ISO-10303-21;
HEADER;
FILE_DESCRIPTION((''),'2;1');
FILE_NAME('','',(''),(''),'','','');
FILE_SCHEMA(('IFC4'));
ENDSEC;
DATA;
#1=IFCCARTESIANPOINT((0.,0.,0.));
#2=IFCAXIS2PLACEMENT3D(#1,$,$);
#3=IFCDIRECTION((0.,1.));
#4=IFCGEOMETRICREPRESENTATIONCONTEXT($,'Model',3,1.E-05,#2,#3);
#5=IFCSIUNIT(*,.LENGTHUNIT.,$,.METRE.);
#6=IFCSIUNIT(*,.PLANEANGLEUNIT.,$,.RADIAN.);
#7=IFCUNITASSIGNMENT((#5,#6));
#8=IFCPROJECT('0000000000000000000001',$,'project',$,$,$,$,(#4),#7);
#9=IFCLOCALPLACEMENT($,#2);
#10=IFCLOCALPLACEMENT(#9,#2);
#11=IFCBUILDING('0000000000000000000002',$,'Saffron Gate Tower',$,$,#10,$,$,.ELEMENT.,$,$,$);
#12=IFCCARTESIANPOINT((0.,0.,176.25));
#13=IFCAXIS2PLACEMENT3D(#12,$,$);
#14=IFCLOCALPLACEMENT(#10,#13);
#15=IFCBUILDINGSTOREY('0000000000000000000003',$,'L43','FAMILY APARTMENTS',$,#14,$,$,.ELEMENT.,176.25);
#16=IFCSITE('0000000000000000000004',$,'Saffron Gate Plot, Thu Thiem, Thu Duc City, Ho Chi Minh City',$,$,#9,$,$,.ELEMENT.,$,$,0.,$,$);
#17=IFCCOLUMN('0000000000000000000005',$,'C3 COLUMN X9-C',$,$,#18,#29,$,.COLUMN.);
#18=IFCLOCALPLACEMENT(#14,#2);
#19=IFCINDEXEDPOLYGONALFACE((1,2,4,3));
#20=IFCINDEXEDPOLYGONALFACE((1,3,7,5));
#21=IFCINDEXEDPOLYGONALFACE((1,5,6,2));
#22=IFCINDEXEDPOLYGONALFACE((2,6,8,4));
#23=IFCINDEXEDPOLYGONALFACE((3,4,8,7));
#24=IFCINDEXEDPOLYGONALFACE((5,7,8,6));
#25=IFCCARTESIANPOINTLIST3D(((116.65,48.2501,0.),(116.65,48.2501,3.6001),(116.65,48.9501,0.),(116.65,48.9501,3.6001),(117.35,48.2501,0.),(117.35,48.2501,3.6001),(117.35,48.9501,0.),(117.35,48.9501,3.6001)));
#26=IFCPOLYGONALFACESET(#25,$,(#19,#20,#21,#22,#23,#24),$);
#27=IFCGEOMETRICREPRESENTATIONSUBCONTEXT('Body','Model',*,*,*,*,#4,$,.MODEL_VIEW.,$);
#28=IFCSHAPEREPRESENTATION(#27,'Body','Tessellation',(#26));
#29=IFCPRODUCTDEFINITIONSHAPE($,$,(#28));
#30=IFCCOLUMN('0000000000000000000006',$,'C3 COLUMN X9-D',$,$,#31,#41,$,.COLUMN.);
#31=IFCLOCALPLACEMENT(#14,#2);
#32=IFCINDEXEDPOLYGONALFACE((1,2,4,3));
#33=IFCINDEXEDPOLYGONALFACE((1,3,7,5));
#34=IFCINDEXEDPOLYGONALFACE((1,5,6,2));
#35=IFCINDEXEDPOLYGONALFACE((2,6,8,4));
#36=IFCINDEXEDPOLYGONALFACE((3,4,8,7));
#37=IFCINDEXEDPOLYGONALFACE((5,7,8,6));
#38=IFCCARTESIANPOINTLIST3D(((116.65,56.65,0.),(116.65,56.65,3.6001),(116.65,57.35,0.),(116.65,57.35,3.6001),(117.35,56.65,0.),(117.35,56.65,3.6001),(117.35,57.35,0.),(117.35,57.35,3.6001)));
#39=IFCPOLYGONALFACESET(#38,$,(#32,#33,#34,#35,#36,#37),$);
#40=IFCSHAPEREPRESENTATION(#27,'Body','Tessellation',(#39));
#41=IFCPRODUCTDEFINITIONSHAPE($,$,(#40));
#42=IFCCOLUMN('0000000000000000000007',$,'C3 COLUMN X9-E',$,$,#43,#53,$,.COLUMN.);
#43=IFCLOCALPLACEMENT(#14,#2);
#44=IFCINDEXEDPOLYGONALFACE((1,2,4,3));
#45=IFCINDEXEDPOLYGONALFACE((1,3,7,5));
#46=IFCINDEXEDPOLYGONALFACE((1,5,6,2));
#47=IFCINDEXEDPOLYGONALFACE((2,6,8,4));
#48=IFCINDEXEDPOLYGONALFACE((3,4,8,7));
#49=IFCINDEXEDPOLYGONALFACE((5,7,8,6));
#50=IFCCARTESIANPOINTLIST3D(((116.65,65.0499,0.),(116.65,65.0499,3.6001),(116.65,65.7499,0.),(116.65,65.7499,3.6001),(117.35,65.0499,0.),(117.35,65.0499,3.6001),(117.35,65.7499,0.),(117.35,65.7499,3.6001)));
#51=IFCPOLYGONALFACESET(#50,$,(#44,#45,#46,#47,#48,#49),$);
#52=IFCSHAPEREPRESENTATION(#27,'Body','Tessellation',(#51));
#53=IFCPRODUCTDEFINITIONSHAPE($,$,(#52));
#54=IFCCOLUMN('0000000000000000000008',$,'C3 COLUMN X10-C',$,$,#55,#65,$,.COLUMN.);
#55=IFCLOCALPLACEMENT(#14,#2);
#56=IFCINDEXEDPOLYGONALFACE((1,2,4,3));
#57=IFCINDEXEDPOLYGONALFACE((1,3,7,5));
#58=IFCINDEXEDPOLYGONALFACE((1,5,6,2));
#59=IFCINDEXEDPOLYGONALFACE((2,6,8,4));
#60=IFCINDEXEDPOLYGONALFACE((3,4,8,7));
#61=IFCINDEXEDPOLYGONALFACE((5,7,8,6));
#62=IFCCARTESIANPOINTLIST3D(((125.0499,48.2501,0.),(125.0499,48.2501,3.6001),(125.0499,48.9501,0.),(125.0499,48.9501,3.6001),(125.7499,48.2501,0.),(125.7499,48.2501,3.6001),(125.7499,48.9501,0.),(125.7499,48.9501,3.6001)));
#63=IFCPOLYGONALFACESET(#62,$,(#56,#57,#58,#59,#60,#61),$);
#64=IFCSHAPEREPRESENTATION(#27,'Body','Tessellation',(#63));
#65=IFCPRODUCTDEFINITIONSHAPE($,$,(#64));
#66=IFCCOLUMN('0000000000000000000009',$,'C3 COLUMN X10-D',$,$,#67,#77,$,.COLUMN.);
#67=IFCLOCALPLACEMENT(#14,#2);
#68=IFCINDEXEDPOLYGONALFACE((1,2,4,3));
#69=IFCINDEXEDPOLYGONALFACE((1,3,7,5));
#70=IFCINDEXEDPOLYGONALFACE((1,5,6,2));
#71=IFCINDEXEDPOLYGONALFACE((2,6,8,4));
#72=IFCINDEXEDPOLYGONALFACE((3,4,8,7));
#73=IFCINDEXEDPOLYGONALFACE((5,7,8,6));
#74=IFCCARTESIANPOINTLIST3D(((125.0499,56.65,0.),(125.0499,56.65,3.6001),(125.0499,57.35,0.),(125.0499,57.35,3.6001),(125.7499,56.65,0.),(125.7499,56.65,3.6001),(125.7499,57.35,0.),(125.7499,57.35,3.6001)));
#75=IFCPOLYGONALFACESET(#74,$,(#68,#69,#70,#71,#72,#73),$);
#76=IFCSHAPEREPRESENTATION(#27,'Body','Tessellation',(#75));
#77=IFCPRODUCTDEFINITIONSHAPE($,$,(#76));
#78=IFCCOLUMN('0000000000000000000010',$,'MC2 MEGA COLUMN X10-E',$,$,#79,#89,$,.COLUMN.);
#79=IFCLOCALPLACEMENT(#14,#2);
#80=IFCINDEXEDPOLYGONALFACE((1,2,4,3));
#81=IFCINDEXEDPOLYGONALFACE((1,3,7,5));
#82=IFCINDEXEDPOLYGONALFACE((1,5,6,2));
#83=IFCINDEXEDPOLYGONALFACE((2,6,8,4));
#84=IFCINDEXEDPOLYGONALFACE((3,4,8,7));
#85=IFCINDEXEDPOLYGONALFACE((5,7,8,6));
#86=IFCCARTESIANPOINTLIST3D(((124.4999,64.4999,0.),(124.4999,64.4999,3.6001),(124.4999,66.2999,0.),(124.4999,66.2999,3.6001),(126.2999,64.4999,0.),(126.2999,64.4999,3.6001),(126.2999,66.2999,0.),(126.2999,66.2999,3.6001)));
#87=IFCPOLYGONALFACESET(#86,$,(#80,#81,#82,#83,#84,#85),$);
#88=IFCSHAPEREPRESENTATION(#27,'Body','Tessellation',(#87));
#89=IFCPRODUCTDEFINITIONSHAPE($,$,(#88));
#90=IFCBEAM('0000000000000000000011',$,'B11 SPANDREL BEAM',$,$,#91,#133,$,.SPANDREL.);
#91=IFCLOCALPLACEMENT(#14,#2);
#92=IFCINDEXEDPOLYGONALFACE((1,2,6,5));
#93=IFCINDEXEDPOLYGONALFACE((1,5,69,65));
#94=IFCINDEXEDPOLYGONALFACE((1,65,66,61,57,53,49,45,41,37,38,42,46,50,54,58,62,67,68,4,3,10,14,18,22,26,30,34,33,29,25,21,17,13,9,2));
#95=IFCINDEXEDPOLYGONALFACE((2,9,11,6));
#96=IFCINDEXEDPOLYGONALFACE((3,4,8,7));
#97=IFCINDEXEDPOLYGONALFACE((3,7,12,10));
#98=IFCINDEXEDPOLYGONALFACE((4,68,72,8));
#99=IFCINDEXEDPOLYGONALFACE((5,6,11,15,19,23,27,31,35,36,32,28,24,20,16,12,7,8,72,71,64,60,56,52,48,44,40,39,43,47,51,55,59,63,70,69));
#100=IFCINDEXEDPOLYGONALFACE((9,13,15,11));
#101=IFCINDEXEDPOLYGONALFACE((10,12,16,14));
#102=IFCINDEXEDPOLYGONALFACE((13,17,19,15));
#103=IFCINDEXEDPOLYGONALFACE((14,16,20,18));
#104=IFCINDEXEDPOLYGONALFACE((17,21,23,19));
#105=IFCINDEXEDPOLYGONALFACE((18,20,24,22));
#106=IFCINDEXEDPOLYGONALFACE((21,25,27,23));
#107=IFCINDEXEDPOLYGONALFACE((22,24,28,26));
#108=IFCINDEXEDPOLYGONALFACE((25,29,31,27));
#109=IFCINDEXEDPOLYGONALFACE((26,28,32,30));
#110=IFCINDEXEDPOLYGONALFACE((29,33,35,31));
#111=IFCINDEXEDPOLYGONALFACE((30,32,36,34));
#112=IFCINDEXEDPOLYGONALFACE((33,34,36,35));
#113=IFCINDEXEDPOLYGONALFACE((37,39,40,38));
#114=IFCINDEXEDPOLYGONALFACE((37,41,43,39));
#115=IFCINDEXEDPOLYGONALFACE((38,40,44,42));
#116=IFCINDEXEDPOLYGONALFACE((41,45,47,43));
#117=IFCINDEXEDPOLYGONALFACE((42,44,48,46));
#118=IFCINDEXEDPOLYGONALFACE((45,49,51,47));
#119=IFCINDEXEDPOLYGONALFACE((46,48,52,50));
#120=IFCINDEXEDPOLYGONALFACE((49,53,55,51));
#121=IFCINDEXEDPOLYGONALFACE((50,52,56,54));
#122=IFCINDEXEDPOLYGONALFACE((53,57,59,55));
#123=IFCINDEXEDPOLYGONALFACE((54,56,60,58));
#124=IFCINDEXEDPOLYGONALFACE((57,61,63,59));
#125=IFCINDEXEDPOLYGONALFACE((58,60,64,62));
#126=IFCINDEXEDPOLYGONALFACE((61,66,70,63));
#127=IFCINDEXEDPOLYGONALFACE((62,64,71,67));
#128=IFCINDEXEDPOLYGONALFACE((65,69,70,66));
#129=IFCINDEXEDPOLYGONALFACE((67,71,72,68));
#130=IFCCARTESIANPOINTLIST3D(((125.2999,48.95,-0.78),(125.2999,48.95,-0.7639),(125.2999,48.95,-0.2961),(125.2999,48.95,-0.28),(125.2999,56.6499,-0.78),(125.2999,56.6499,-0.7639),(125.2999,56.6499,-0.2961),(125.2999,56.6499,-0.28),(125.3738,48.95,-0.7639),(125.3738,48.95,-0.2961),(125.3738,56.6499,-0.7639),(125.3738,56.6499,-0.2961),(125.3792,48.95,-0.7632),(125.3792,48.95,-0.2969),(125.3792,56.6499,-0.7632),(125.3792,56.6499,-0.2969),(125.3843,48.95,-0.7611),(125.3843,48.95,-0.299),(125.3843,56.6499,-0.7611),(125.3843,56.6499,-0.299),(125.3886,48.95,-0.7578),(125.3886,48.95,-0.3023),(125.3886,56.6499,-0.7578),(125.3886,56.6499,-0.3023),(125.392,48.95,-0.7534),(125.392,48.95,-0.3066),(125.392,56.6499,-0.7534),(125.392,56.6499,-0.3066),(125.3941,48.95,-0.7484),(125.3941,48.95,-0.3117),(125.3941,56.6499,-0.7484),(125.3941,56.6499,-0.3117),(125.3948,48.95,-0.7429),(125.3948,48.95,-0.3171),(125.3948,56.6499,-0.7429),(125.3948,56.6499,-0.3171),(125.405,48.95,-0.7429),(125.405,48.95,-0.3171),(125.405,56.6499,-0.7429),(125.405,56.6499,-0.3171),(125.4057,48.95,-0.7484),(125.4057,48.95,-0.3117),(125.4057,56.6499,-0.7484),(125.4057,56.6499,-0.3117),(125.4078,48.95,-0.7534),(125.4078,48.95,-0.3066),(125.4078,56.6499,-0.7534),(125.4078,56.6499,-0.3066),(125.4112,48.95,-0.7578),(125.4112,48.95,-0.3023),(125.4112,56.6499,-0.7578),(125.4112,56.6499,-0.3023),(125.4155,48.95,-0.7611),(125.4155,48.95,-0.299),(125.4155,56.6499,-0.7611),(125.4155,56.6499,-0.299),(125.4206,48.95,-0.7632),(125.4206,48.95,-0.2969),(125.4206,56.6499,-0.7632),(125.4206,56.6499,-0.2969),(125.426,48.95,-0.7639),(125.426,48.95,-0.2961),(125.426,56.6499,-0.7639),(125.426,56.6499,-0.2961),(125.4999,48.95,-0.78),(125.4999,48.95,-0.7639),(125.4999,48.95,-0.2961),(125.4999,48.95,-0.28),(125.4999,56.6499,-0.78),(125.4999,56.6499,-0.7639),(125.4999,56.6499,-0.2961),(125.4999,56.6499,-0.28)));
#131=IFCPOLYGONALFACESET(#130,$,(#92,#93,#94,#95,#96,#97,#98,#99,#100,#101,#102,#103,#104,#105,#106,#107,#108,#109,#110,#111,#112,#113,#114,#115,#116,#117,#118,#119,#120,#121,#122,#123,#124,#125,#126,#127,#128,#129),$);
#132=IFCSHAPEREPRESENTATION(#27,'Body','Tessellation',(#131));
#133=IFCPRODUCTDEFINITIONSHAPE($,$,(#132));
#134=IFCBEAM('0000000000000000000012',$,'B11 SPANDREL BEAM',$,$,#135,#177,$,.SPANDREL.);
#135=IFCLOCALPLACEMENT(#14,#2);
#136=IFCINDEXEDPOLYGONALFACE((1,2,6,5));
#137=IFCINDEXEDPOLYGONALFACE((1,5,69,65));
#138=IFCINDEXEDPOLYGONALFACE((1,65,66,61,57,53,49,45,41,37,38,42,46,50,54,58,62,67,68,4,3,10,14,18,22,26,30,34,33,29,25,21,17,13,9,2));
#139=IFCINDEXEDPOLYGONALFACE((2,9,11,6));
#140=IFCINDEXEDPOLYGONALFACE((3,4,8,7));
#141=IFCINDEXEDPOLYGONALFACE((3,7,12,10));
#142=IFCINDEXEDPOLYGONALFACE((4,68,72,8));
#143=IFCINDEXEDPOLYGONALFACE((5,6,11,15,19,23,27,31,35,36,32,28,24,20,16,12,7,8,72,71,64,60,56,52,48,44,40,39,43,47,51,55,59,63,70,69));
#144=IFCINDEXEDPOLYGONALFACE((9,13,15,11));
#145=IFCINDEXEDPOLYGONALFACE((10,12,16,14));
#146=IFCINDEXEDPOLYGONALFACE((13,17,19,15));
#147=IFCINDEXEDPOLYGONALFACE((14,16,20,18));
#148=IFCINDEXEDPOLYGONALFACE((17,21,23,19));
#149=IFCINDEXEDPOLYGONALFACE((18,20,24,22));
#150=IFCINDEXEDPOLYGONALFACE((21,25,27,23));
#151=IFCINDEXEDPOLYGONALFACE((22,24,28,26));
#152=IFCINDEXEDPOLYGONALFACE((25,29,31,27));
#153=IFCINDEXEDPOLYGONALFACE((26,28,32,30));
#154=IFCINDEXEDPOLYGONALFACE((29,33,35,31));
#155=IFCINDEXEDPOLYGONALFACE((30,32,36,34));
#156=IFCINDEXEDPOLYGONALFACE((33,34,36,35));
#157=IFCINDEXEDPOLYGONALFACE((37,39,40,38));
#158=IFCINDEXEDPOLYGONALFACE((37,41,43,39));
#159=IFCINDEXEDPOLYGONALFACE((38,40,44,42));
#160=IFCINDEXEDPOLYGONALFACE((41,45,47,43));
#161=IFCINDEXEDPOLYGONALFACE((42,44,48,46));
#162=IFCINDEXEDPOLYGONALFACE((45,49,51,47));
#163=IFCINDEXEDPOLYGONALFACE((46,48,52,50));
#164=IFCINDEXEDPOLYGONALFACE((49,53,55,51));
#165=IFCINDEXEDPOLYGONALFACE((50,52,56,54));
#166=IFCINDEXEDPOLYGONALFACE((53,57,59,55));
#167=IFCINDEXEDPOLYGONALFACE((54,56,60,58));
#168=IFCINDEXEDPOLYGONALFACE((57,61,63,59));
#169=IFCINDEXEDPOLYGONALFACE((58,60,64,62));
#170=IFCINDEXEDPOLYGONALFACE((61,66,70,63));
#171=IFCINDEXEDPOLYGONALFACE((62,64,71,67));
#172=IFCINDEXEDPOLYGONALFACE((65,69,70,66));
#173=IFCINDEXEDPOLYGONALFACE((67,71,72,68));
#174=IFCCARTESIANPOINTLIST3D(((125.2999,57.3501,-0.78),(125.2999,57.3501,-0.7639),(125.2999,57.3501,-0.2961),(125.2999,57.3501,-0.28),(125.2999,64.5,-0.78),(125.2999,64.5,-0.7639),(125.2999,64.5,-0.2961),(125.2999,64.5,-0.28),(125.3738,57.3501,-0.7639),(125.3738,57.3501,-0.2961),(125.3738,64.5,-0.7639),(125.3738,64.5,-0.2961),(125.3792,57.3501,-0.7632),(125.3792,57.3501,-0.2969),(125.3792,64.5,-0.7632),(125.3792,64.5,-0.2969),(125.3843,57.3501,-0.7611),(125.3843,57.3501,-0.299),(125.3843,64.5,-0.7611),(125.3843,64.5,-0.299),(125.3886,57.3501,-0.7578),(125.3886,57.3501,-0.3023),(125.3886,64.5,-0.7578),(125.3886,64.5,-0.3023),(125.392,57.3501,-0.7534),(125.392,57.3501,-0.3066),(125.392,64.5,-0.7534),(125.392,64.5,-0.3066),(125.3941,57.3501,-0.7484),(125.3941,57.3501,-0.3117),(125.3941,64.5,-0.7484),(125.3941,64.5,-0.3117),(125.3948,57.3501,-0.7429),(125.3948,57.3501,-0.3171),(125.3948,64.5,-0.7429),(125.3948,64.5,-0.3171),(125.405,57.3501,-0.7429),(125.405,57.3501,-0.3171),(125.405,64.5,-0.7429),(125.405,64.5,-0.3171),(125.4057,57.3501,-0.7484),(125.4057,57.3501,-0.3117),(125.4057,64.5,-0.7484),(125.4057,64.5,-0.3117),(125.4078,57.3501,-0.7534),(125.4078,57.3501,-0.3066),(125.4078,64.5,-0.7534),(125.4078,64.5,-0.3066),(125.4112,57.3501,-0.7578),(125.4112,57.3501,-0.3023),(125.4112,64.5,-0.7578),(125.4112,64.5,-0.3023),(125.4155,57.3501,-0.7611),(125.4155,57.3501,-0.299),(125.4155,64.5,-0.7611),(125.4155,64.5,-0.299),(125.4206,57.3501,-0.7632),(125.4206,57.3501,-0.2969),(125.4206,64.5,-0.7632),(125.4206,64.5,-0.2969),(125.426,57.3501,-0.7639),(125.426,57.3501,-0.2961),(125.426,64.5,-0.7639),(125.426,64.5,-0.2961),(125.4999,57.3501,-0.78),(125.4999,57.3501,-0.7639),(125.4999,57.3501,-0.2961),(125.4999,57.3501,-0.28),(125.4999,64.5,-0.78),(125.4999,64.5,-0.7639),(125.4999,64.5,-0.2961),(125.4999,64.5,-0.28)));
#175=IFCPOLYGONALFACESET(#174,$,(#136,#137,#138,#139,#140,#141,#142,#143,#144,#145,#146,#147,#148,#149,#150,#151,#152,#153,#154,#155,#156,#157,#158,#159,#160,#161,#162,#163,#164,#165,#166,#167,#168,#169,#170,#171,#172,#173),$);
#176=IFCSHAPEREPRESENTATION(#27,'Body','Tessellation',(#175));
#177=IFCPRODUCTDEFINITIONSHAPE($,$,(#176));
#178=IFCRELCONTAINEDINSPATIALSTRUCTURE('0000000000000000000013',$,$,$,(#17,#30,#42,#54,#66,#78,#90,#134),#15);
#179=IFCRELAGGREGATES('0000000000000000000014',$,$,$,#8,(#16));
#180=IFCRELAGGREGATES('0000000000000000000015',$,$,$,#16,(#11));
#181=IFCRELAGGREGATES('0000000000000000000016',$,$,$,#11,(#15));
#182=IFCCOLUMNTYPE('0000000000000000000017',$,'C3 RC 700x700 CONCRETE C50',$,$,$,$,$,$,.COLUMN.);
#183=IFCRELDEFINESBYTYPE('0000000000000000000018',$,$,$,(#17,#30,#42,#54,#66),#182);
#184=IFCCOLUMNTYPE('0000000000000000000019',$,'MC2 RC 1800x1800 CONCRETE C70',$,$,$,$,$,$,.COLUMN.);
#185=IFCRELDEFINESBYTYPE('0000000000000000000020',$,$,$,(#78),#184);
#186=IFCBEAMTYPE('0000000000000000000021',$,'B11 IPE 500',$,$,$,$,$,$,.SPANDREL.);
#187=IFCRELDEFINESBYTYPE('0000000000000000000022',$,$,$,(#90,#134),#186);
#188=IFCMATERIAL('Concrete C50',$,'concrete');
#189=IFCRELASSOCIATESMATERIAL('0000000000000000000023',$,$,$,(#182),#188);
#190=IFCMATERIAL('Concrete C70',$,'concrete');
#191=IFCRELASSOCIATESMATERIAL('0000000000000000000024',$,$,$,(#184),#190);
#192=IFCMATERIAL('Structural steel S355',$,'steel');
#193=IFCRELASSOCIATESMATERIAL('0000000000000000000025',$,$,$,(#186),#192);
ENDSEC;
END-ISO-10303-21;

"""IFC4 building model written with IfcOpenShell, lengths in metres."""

from ifc_helpers import new_model, si_unit, direction, frame, origin, origin_2d, place, context, subcontext, project, spatial, rectangle, i_section, extrude, material, material_profile, profile_set, type_object, element, save


model = new_model("IFC4")

# Units and contexts
model_context = context("Model", 3, precision=1e-05, world=origin(), true_north=direction((0.0, 1.0)))
body_context = subcontext(model_context, "Body", "Model", "MODEL_VIEW")
ifc_project = project(units=[si_unit("LENGTHUNIT", "METRE"), si_unit("PLANEANGLEUNIT", "RADIAN")], contexts=[model_context])

# Site, building, storey
site_placement = place(None, origin())
site = spatial("IfcSite", under=ifc_project, at=site_placement, Name="Saffron Gate Plot, Thu Thiem, Thu Duc City, Ho Chi Minh City", CompositionType="ELEMENT", RefElevation=0.0)
building_placement = place(site_placement, origin())
building = spatial("IfcBuilding", under=site, at=building_placement, Name="Saffron Gate Tower", CompositionType="ELEMENT")
storey_placement = place(building_placement, frame((0.0, 0.0, 176.25)))
storey = spatial("IfcBuildingStorey", under=building, at=storey_placement, Name="L43", Description="FAMILY APARTMENTS", CompositionType="ELEMENT", Elevation=176.25)

# Columns
ifc_material_1 = material(Name="Concrete C50", Category="concrete")
ifc_material_profile_1 = material_profile(ifc_material_1, rectangle(XDim=0.7, YDim=0.7, at=origin_2d()))
ifc_profile_set_1 = profile_set([ifc_material_profile_1], Name="Concrete C50")
column_type_1 = type_object("IfcColumnType", Name="C3 RC 700x700 CONCRETE C50", PredefinedType="COLUMN", material=ifc_profile_set_1)
for number, where, z_axis, x_axis, name in (
    (1, (117.0, 48.6001, 0.0), (0.0, 0.0, 1.0), (1.0, 0.0, 0.0), "C3 COLUMN X9-C"),
    (2, (117.0, 57.0, 0.0), (0.0, 0.0, 1.0), (1.0, 0.0, 0.0), "C3 COLUMN X9-D"),
    (3, (117.0, 65.3999, 0.0), (0.0, 0.0, 1.0), (1.0, 0.0, 0.0), "C3 COLUMN X9-E"),
    (4, (125.3999, 48.6001, 0.0), (0.0, 0.0, 1.0), (1.0, 0.0, 0.0), "C3 COLUMN X10-C"),
    (5, (125.3999, 57.0, 0.0), (0.0, 0.0, 1.0), (1.0, 0.0, 0.0), "C3 COLUMN X10-D"),
):
    element("IfcColumn", number, at=place(storey_placement, frame(where, z_axis=z_axis, x_axis=x_axis)), inside=storey, type_object=column_type_1, Name=name, PredefinedType="COLUMN", context=body_context, shape_type="SweptSolid", body=[
        extrude(rectangle(XDim=0.7, YDim=0.7, at=origin_2d()), origin(), (0.0, 0.0, 1.0), 3.6001),
    ])
ifc_material_2 = material(Name="Concrete C70", Category="concrete")
ifc_material_profile_2 = material_profile(ifc_material_2, rectangle(XDim=1.8, YDim=1.8, at=origin_2d()))
ifc_profile_set_2 = profile_set([ifc_material_profile_2], Name="Concrete C70")
column_type_2 = type_object("IfcColumnType", Name="MC2 RC 1800x1800 CONCRETE C70", PredefinedType="COLUMN", material=ifc_profile_set_2)
column_placement = place(storey_placement, frame((125.3999, 65.3999, 0.0), z_axis=(0.0, 0.0, 1.0), x_axis=(1.0, 0.0, 0.0)))
element("IfcColumn", 6, at=column_placement, inside=storey, type_object=column_type_2, Name="MC2 MEGA COLUMN X10-E", PredefinedType="COLUMN", context=body_context, shape_type="SweptSolid", body=[
    extrude(rectangle(XDim=1.8, YDim=1.8, at=origin_2d()), origin(), (0.0, 0.0, 1.0), 3.6001),
])

# Beams
ifc_material_3 = material(Name="Structural steel S355", Category="steel")
ifc_material_profile_3 = material_profile(ifc_material_3, i_section(OverallWidth=0.2, OverallDepth=0.5, WebThickness=0.0103, FlangeThickness=0.0161, FilletRadius=0.021, at=origin_2d()))
ifc_profile_set_3 = profile_set([ifc_material_profile_3], Name="Structural steel S355")
beam_type_1 = type_object("IfcBeamType", Name="B11 IPE 500", PredefinedType="SPANDREL", material=ifc_profile_set_3)
beam_1_placement = place(storey_placement, frame((125.3999, 48.95, -0.53), z_axis=(0.0, 1.0, 0.0), x_axis=(-1.0, 0.0, 0.0)))
element("IfcBeam", 7, at=beam_1_placement, inside=storey, type_object=beam_type_1, Name="B11 SPANDREL BEAM", PredefinedType="SPANDREL", context=body_context, shape_type="SweptSolid", body=[
    extrude(i_section(OverallWidth=0.2, OverallDepth=0.5, WebThickness=0.0103, FlangeThickness=0.0161, FilletRadius=0.021, at=origin_2d()), origin(), (0.0, 0.0, 1.0), 7.7),
])
beam_2_placement = place(storey_placement, frame((125.3999, 57.3501, -0.53), z_axis=(0.0, 1.0, 0.0), x_axis=(-1.0, 0.0, 0.0)))
element("IfcBeam", 8, at=beam_2_placement, inside=storey, type_object=beam_type_1, Name="B11 SPANDREL BEAM", PredefinedType="SPANDREL", context=body_context, shape_type="SweptSolid", body=[
    extrude(i_section(OverallWidth=0.2, OverallDepth=0.5, WebThickness=0.0103, FlangeThickness=0.0161, FilletRadius=0.021, at=origin_2d()), origin(), (0.0, 0.0, 1.0), 7.1499),
])

save(model, "model.ifc")
